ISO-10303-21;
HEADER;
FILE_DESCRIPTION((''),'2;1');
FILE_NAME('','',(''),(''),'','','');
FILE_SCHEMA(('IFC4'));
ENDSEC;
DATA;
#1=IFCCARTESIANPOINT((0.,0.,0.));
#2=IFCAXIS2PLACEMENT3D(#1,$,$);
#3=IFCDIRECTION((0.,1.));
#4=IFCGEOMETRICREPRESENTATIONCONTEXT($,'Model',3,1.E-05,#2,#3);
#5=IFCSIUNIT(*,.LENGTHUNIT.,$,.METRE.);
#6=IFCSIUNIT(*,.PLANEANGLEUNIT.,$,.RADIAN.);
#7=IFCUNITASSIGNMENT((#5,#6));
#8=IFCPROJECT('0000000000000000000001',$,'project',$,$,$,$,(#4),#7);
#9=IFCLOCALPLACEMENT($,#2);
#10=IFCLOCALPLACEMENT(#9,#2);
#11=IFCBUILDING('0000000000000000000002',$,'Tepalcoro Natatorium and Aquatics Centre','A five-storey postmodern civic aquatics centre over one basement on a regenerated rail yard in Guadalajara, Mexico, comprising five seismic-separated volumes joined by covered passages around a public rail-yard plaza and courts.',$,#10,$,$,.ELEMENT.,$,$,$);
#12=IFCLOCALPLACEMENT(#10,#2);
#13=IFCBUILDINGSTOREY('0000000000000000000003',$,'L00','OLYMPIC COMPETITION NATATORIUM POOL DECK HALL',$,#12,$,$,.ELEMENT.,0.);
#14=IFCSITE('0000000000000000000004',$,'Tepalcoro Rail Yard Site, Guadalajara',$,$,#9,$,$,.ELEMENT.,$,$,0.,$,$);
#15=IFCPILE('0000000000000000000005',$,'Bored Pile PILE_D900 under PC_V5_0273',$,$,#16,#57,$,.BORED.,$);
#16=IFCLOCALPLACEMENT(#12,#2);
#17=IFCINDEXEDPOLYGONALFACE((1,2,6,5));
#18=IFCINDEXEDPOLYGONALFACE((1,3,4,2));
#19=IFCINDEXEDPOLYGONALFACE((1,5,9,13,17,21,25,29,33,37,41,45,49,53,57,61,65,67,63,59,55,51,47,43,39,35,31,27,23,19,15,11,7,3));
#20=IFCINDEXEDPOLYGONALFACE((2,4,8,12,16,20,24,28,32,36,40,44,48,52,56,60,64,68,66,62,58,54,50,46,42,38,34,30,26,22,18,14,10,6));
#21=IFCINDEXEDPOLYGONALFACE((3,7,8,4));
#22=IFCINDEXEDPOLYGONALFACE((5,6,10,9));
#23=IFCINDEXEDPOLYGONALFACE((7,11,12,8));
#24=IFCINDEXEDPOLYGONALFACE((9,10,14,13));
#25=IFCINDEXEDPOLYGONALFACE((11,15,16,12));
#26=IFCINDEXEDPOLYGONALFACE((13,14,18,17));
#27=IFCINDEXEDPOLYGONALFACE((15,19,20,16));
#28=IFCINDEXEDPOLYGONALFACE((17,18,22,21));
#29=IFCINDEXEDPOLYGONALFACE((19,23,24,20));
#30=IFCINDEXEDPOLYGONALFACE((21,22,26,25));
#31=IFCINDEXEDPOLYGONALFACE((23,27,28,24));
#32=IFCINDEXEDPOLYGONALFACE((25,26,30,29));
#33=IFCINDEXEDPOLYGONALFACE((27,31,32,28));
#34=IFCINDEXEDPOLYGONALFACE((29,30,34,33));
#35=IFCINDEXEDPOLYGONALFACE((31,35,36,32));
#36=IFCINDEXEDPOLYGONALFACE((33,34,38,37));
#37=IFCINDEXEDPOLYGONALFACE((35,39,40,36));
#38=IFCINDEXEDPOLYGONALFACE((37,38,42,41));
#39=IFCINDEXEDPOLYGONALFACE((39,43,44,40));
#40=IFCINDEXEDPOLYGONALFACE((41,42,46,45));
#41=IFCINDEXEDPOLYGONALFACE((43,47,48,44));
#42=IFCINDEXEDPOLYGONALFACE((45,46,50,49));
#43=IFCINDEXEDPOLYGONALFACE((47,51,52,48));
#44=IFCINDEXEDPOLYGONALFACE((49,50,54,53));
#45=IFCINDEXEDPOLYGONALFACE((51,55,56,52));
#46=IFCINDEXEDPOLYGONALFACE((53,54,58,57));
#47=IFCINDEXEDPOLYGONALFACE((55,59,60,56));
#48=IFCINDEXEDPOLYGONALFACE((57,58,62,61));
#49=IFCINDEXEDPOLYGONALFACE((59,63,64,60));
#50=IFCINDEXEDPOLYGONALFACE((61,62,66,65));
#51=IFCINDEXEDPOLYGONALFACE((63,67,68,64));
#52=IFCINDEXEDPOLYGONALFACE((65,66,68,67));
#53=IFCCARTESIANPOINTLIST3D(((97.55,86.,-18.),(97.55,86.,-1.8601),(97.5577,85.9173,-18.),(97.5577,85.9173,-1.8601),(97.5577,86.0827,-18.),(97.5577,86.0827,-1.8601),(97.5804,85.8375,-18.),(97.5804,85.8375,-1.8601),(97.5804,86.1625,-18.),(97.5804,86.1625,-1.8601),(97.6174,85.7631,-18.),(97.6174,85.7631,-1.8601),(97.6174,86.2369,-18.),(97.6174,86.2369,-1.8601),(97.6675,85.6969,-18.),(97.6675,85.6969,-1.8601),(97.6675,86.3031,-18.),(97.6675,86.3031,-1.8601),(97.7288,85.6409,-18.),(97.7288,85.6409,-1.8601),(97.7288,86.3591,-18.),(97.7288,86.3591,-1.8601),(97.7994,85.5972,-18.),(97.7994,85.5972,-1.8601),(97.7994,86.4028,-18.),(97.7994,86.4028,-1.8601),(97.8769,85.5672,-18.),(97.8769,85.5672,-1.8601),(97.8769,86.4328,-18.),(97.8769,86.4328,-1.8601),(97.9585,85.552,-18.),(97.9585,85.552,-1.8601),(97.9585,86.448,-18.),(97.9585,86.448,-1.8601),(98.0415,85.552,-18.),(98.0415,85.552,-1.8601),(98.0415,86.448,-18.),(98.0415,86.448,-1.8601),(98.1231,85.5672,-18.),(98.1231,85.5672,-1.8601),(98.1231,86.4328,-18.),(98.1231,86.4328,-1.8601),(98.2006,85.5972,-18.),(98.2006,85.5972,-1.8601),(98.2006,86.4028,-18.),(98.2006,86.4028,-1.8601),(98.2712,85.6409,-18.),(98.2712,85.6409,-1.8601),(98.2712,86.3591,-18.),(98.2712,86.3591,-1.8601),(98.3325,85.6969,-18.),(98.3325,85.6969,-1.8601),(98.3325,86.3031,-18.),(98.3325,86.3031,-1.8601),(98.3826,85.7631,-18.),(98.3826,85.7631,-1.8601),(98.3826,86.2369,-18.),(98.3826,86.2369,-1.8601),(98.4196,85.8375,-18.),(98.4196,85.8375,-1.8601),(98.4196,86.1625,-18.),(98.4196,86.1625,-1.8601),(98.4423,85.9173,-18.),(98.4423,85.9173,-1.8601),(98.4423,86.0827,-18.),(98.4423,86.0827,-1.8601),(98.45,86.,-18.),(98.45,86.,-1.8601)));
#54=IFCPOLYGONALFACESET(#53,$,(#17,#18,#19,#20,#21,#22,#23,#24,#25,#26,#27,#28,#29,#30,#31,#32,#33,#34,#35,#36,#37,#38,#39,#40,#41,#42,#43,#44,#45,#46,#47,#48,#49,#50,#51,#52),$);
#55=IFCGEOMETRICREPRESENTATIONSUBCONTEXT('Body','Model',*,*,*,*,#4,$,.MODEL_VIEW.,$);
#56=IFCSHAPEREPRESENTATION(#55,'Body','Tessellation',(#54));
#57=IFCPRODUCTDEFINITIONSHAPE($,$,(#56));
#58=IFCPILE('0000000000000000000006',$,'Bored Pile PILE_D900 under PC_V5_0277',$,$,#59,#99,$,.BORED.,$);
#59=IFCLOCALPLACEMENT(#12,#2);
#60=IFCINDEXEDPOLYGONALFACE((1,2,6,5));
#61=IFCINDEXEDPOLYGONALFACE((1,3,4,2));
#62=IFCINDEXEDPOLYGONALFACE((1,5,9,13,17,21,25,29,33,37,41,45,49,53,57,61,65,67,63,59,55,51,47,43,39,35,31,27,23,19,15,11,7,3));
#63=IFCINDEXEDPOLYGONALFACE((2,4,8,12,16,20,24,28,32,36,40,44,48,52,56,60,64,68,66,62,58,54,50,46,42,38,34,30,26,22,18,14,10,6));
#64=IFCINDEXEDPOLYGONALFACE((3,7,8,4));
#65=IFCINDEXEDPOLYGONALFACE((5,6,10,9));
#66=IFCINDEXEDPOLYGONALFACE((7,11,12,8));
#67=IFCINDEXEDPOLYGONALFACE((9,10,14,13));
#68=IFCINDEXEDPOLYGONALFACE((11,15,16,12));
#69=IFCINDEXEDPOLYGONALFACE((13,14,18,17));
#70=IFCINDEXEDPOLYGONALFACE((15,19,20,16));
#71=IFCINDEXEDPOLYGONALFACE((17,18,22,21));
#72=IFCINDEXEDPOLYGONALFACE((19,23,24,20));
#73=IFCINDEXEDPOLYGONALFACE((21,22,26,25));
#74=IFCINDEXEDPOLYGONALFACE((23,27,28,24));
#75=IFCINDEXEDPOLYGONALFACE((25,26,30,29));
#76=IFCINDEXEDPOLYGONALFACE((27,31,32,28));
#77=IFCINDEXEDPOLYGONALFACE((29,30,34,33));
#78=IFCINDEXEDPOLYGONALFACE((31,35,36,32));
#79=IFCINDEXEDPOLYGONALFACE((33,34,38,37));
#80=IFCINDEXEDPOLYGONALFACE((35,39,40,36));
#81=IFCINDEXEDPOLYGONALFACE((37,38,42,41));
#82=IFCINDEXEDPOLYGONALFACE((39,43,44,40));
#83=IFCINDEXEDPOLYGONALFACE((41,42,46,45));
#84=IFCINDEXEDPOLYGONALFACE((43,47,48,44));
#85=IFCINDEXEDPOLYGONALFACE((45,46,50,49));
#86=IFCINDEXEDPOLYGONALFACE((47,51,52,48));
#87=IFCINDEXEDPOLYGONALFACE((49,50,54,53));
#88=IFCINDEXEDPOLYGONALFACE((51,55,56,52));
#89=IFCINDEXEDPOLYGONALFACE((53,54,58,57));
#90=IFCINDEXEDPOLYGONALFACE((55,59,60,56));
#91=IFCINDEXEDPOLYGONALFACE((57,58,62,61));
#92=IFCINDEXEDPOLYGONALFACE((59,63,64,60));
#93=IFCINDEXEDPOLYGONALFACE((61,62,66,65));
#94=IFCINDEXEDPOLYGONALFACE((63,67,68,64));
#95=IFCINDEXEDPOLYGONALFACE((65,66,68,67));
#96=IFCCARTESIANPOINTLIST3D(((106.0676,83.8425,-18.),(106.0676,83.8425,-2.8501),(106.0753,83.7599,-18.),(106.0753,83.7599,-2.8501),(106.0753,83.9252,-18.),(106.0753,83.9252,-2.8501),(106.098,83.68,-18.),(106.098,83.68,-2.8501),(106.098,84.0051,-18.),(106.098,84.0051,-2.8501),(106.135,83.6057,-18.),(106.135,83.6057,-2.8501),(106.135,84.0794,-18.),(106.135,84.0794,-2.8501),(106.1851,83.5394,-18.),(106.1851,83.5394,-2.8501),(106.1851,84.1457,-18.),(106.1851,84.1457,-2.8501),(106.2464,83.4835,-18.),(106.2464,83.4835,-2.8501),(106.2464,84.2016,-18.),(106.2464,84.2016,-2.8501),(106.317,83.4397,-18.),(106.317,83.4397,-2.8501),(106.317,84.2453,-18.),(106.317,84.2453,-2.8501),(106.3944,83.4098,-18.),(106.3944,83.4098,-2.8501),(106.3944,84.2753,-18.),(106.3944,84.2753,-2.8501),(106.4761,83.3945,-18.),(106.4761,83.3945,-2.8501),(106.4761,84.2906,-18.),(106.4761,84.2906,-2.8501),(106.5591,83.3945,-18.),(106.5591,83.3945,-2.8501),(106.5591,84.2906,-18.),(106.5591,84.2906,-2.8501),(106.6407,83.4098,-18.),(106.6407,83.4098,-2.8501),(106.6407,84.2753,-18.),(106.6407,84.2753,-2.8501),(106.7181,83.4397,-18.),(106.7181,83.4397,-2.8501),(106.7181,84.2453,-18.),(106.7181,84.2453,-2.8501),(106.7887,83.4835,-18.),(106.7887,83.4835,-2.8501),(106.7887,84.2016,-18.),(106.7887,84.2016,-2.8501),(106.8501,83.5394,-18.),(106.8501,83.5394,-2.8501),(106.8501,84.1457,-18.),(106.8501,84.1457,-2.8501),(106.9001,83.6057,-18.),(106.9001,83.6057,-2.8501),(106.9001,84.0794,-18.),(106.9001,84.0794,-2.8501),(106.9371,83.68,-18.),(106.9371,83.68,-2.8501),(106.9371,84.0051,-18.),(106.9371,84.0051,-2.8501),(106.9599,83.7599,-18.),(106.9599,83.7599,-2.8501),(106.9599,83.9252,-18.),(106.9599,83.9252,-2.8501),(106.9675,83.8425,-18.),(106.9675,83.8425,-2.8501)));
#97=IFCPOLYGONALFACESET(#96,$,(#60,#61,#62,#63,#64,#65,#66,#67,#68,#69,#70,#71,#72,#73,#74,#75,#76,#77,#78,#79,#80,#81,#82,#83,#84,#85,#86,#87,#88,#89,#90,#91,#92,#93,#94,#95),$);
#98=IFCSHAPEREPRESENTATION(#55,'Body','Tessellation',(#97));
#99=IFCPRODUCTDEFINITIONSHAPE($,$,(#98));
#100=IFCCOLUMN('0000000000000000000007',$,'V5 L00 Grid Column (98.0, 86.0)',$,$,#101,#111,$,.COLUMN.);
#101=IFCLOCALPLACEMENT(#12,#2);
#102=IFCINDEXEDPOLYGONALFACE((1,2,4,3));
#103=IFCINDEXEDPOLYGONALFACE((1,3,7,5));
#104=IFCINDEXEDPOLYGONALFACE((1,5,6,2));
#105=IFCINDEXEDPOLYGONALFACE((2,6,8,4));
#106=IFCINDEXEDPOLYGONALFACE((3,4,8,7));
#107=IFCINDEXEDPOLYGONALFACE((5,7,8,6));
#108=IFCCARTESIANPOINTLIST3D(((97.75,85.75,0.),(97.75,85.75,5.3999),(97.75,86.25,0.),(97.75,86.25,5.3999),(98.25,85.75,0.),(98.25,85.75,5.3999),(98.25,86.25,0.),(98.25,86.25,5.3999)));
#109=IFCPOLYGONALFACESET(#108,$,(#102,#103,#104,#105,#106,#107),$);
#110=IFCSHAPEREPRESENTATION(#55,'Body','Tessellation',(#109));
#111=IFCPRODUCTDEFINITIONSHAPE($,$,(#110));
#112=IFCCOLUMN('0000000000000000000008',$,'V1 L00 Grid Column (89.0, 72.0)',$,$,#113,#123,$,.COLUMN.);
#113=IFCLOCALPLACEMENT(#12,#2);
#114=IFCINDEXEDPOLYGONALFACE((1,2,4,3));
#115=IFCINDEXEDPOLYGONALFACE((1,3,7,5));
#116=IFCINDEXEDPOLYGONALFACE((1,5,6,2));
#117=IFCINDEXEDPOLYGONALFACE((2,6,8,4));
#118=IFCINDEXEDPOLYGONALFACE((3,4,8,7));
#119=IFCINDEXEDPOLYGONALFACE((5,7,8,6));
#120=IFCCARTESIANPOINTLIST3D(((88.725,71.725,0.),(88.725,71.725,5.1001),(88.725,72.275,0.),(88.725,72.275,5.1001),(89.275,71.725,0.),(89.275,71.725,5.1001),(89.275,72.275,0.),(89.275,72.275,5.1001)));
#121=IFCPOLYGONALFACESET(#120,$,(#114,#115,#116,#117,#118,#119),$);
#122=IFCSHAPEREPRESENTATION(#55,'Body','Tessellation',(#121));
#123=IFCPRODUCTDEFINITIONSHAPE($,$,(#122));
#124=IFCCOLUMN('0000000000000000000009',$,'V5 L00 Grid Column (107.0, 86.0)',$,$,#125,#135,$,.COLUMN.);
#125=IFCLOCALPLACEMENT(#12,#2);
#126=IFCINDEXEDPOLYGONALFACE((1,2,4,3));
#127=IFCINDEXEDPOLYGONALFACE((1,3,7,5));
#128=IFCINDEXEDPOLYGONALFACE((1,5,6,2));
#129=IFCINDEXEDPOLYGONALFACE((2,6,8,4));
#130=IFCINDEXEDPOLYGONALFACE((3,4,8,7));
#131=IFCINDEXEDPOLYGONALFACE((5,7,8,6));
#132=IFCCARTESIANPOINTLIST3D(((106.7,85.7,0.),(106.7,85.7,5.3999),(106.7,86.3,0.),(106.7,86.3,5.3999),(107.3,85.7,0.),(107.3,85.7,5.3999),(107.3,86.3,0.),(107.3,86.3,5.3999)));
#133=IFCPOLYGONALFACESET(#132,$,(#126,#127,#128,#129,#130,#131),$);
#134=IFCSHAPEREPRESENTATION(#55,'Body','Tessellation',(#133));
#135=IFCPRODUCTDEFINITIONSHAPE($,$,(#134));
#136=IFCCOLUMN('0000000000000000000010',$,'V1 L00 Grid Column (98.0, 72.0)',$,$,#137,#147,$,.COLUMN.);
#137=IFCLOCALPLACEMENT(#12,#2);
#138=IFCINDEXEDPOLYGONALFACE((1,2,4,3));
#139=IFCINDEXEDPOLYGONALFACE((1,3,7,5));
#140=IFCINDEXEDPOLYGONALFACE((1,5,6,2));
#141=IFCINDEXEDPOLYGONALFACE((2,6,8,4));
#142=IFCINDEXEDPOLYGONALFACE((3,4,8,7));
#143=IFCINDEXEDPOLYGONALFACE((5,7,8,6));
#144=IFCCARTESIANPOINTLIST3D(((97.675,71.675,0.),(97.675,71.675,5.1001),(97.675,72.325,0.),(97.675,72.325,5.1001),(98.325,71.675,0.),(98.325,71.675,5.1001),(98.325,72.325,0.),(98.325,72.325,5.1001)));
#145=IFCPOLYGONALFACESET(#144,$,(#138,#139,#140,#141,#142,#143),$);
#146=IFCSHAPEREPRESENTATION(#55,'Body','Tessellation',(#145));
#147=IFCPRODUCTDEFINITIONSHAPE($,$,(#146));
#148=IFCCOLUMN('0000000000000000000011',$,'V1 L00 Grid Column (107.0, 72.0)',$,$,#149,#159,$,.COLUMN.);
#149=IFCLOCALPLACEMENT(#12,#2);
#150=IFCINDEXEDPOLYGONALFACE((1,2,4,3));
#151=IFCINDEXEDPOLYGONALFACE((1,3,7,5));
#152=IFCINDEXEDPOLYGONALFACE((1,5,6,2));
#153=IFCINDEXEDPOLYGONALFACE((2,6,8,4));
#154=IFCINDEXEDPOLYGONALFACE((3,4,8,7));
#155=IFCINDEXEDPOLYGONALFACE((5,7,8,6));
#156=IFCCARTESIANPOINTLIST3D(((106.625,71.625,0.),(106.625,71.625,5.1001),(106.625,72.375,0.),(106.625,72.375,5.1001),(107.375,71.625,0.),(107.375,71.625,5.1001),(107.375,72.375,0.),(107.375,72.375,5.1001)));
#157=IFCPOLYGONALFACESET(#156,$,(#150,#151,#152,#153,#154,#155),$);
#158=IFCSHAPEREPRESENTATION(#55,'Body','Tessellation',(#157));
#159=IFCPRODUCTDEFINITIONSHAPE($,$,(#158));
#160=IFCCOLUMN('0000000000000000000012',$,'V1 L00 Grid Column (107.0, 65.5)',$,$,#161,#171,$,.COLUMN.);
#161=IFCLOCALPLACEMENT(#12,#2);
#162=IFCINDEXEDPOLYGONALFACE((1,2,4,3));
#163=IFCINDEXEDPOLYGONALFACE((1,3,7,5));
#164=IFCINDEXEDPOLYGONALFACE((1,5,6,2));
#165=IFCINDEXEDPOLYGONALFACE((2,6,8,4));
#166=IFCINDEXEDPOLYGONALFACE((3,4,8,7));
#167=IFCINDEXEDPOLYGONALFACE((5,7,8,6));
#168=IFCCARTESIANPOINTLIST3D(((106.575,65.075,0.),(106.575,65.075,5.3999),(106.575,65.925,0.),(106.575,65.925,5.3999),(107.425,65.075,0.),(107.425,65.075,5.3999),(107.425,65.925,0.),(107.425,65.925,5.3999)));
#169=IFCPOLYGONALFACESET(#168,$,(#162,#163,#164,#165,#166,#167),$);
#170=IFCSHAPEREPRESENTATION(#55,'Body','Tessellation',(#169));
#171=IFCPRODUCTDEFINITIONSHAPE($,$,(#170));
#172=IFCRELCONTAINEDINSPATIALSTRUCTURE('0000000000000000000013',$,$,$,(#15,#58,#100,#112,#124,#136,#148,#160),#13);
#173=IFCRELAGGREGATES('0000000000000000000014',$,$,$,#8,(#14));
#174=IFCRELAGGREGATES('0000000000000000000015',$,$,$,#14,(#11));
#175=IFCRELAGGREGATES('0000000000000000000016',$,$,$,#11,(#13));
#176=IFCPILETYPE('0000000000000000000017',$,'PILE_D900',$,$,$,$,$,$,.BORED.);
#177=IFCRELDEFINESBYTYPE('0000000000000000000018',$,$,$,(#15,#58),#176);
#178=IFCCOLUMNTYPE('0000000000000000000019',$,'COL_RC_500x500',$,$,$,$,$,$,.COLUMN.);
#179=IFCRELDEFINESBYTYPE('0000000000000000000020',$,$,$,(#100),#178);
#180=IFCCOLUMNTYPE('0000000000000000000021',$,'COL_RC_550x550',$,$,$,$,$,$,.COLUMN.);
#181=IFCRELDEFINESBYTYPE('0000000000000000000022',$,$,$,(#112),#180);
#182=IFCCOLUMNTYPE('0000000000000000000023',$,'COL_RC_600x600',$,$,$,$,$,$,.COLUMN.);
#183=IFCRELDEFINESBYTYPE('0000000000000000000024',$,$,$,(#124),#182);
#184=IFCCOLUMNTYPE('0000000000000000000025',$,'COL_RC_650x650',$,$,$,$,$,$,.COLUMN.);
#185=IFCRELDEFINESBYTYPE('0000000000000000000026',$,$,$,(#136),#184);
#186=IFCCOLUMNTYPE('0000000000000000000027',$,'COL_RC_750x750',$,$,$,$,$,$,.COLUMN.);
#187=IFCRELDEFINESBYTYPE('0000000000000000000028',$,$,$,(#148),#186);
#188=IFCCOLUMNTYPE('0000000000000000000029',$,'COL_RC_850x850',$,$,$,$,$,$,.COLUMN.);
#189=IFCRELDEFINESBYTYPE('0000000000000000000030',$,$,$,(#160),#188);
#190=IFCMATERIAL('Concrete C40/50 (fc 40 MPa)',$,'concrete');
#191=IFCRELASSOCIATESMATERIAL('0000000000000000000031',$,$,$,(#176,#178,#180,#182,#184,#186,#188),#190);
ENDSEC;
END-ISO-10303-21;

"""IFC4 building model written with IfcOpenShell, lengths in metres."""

from ifc_helpers import new_model, si_unit, direction, frame, origin, origin_2d, place, context, subcontext, project, spatial, rectangle, circle, extrude, material, material_profile, profile_set, type_object, element, save


model = new_model("IFC4")

# Units and contexts
model_context = context("Model", 3, precision=1e-05, world=origin(), true_north=direction((0.0, 1.0)))
body_context = subcontext(model_context, "Body", "Model", "MODEL_VIEW")
ifc_project = project(units=[si_unit("LENGTHUNIT", "METRE"), si_unit("PLANEANGLEUNIT", "RADIAN")], contexts=[model_context])

# Site, building, storey
site_placement = place(None, origin())
site = spatial("IfcSite", under=ifc_project, at=site_placement, Name="Tepalcoro Rail Yard Site, Guadalajara", CompositionType="ELEMENT", RefElevation=0.0)
building_placement = place(site_placement, origin())
building = spatial("IfcBuilding", under=site, at=building_placement, Name="Tepalcoro Natatorium and Aquatics Centre", Description="A five-storey postmodern civic aquatics centre over one basement on a regenerated rail yard in Guadalajara, Mexico, comprising five seismic-separated volumes joined by covered passages around a public rail-yard plaza and courts.", CompositionType="ELEMENT")
storey_placement = place(building_placement, origin())
storey = spatial("IfcBuildingStorey", under=building, at=storey_placement, Name="L00", Description="OLYMPIC COMPETITION NATATORIUM POOL DECK HALL", CompositionType="ELEMENT", Elevation=0.0)

# Piles
ifc_material_1 = material(Name="Concrete C40/50 (fc 40 MPa)", Category="concrete")
ifc_material_profile_1 = material_profile(ifc_material_1, circle(Radius=0.45, at=origin_2d()), Name="PILE_D900")
ifc_profile_set_1 = profile_set([ifc_material_profile_1], Name="Concrete C40/50 (fc 40 MPa)")
pile_type = type_object("IfcPileType", Name="PILE_D900", PredefinedType="BORED", material=ifc_profile_set_1)
pile_1_placement = place(storey_placement, frame((98.0, 86.0, -1.8601), z_axis=(0.0, 0.0, -1.0), x_axis=(1.0, 0.0, 0.0)))
element("IfcPile", 1, at=pile_1_placement, inside=storey, type_object=pile_type, Name="Bored Pile PILE_D900 under PC_V5_0273", PredefinedType="BORED", context=body_context, shape_type="SweptSolid", body=[
    extrude(circle(Radius=0.45, at=origin_2d()), origin(), (0.0, 0.0, 1.0), 16.1399),
])
pile_2_placement = place(storey_placement, frame((106.5176, 83.8425, -2.8501), z_axis=(0.0, 0.0, -1.0), x_axis=(1.0, 0.0, 0.0)))
element("IfcPile", 2, at=pile_2_placement, inside=storey, type_object=pile_type, Name="Bored Pile PILE_D900 under PC_V5_0277", PredefinedType="BORED", context=body_context, shape_type="SweptSolid", body=[
    extrude(circle(Radius=0.45, at=origin_2d()), origin(), (0.0, 0.0, 1.0), 15.1499),
])

# Columns
ifc_material_profile_2 = material_profile(ifc_material_1, rectangle(XDim=0.5, YDim=0.5, at=origin_2d()), Name="RC500x500")
ifc_profile_set_2 = profile_set([ifc_material_profile_2], Name="Concrete C40/50 (fc 40 MPa)")
column_type_1 = type_object("IfcColumnType", Name="COL_RC_500x500", PredefinedType="COLUMN", material=ifc_profile_set_2)
column_1_placement = place(storey_placement, frame((98.0, 86.0, 0.0), z_axis=(0.0, 0.0, 1.0), x_axis=(1.0, 0.0, 0.0)))
element("IfcColumn", 3, at=column_1_placement, inside=storey, type_object=column_type_1, Name="V5 L00 Grid Column (98.0, 86.0)", PredefinedType="COLUMN", context=body_context, shape_type="SweptSolid", body=[
    extrude(rectangle(XDim=0.5, YDim=0.5, at=origin_2d()), origin(), (0.0, 0.0, 1.0), 5.3999),
])
ifc_material_profile_3 = material_profile(ifc_material_1, rectangle(XDim=0.55, YDim=0.55, at=origin_2d()), Name="RC550x550")
ifc_profile_set_3 = profile_set([ifc_material_profile_3], Name="Concrete C40/50 (fc 40 MPa)")
column_type_2 = type_object("IfcColumnType", Name="COL_RC_550x550", PredefinedType="COLUMN", material=ifc_profile_set_3)
column_2_placement = place(storey_placement, frame((89.0, 72.0, 0.0), z_axis=(0.0, 0.0, 1.0), x_axis=(1.0, 0.0, 0.0)))
element("IfcColumn", 4, at=column_2_placement, inside=storey, type_object=column_type_2, Name="V1 L00 Grid Column (89.0, 72.0)", PredefinedType="COLUMN", context=body_context, shape_type="SweptSolid", body=[
    extrude(rectangle(XDim=0.55, YDim=0.55, at=origin_2d()), origin(), (0.0, 0.0, 1.0), 5.1001),
])
ifc_material_profile_4 = material_profile(ifc_material_1, rectangle(XDim=0.6001, YDim=0.6001, at=origin_2d()), Name="RC600x600")
ifc_profile_set_4 = profile_set([ifc_material_profile_4], Name="Concrete C40/50 (fc 40 MPa)")
column_type_3 = type_object("IfcColumnType", Name="COL_RC_600x600", PredefinedType="COLUMN", material=ifc_profile_set_4)
column_3_placement = place(storey_placement, frame((107.0, 86.0, 0.0), z_axis=(0.0, 0.0, 1.0), x_axis=(1.0, 0.0, 0.0)))
element("IfcColumn", 5, at=column_3_placement, inside=storey, type_object=column_type_3, Name="V5 L00 Grid Column (107.0, 86.0)", PredefinedType="COLUMN", context=body_context, shape_type="SweptSolid", body=[
    extrude(rectangle(XDim=0.6001, YDim=0.6001, at=origin_2d()), origin(), (0.0, 0.0, 1.0), 5.3999),
])
ifc_material_profile_5 = material_profile(ifc_material_1, rectangle(XDim=0.6499, YDim=0.6499, at=origin_2d()), Name="RC650x650")
ifc_profile_set_5 = profile_set([ifc_material_profile_5], Name="Concrete C40/50 (fc 40 MPa)")
column_type_4 = type_object("IfcColumnType", Name="COL_RC_650x650", PredefinedType="COLUMN", material=ifc_profile_set_5)
column_4_placement = place(storey_placement, frame((98.0, 72.0, 0.0), z_axis=(0.0, 0.0, 1.0), x_axis=(1.0, 0.0, 0.0)))
element("IfcColumn", 6, at=column_4_placement, inside=storey, type_object=column_type_4, Name="V1 L00 Grid Column (98.0, 72.0)", PredefinedType="COLUMN", context=body_context, shape_type="SweptSolid", body=[
    extrude(rectangle(XDim=0.6499, YDim=0.6499, at=origin_2d()), origin(), (0.0, 0.0, 1.0), 5.1001),
])
ifc_material_profile_6 = material_profile(ifc_material_1, rectangle(XDim=0.75, YDim=0.75, at=origin_2d()), Name="RC750x750")
ifc_profile_set_6 = profile_set([ifc_material_profile_6], Name="Concrete C40/50 (fc 40 MPa)")
column_type_5 = type_object("IfcColumnType", Name="COL_RC_750x750", PredefinedType="COLUMN", material=ifc_profile_set_6)
column_5_placement = place(storey_placement, frame((107.0, 72.0, 0.0), z_axis=(0.0, 0.0, 1.0), x_axis=(1.0, 0.0, 0.0)))
element("IfcColumn", 7, at=column_5_placement, inside=storey, type_object=column_type_5, Name="V1 L00 Grid Column (107.0, 72.0)", PredefinedType="COLUMN", context=body_context, shape_type="SweptSolid", body=[
    extrude(rectangle(XDim=0.75, YDim=0.75, at=origin_2d()), origin(), (0.0, 0.0, 1.0), 5.1001),
])
ifc_material_profile_7 = material_profile(ifc_material_1, rectangle(XDim=0.8501, YDim=0.8501, at=origin_2d()), Name="RC850x850")
ifc_profile_set_7 = profile_set([ifc_material_profile_7], Name="Concrete C40/50 (fc 40 MPa)")
column_type_6 = type_object("IfcColumnType", Name="COL_RC_850x850", PredefinedType="COLUMN", material=ifc_profile_set_7)
column_6_placement = place(storey_placement, frame((107.0, 65.5, 0.0), z_axis=(0.0, 0.0, 1.0), x_axis=(1.0, 0.0, 0.0)))
element("IfcColumn", 8, at=column_6_placement, inside=storey, type_object=column_type_6, Name="V1 L00 Grid Column (107.0, 65.5)", PredefinedType="COLUMN", context=body_context, shape_type="SweptSolid", body=[
    extrude(rectangle(XDim=0.8501, YDim=0.8501, at=origin_2d()), origin(), (0.0, 0.0, 1.0), 5.3999),
])

save(model, "model.ifc")
